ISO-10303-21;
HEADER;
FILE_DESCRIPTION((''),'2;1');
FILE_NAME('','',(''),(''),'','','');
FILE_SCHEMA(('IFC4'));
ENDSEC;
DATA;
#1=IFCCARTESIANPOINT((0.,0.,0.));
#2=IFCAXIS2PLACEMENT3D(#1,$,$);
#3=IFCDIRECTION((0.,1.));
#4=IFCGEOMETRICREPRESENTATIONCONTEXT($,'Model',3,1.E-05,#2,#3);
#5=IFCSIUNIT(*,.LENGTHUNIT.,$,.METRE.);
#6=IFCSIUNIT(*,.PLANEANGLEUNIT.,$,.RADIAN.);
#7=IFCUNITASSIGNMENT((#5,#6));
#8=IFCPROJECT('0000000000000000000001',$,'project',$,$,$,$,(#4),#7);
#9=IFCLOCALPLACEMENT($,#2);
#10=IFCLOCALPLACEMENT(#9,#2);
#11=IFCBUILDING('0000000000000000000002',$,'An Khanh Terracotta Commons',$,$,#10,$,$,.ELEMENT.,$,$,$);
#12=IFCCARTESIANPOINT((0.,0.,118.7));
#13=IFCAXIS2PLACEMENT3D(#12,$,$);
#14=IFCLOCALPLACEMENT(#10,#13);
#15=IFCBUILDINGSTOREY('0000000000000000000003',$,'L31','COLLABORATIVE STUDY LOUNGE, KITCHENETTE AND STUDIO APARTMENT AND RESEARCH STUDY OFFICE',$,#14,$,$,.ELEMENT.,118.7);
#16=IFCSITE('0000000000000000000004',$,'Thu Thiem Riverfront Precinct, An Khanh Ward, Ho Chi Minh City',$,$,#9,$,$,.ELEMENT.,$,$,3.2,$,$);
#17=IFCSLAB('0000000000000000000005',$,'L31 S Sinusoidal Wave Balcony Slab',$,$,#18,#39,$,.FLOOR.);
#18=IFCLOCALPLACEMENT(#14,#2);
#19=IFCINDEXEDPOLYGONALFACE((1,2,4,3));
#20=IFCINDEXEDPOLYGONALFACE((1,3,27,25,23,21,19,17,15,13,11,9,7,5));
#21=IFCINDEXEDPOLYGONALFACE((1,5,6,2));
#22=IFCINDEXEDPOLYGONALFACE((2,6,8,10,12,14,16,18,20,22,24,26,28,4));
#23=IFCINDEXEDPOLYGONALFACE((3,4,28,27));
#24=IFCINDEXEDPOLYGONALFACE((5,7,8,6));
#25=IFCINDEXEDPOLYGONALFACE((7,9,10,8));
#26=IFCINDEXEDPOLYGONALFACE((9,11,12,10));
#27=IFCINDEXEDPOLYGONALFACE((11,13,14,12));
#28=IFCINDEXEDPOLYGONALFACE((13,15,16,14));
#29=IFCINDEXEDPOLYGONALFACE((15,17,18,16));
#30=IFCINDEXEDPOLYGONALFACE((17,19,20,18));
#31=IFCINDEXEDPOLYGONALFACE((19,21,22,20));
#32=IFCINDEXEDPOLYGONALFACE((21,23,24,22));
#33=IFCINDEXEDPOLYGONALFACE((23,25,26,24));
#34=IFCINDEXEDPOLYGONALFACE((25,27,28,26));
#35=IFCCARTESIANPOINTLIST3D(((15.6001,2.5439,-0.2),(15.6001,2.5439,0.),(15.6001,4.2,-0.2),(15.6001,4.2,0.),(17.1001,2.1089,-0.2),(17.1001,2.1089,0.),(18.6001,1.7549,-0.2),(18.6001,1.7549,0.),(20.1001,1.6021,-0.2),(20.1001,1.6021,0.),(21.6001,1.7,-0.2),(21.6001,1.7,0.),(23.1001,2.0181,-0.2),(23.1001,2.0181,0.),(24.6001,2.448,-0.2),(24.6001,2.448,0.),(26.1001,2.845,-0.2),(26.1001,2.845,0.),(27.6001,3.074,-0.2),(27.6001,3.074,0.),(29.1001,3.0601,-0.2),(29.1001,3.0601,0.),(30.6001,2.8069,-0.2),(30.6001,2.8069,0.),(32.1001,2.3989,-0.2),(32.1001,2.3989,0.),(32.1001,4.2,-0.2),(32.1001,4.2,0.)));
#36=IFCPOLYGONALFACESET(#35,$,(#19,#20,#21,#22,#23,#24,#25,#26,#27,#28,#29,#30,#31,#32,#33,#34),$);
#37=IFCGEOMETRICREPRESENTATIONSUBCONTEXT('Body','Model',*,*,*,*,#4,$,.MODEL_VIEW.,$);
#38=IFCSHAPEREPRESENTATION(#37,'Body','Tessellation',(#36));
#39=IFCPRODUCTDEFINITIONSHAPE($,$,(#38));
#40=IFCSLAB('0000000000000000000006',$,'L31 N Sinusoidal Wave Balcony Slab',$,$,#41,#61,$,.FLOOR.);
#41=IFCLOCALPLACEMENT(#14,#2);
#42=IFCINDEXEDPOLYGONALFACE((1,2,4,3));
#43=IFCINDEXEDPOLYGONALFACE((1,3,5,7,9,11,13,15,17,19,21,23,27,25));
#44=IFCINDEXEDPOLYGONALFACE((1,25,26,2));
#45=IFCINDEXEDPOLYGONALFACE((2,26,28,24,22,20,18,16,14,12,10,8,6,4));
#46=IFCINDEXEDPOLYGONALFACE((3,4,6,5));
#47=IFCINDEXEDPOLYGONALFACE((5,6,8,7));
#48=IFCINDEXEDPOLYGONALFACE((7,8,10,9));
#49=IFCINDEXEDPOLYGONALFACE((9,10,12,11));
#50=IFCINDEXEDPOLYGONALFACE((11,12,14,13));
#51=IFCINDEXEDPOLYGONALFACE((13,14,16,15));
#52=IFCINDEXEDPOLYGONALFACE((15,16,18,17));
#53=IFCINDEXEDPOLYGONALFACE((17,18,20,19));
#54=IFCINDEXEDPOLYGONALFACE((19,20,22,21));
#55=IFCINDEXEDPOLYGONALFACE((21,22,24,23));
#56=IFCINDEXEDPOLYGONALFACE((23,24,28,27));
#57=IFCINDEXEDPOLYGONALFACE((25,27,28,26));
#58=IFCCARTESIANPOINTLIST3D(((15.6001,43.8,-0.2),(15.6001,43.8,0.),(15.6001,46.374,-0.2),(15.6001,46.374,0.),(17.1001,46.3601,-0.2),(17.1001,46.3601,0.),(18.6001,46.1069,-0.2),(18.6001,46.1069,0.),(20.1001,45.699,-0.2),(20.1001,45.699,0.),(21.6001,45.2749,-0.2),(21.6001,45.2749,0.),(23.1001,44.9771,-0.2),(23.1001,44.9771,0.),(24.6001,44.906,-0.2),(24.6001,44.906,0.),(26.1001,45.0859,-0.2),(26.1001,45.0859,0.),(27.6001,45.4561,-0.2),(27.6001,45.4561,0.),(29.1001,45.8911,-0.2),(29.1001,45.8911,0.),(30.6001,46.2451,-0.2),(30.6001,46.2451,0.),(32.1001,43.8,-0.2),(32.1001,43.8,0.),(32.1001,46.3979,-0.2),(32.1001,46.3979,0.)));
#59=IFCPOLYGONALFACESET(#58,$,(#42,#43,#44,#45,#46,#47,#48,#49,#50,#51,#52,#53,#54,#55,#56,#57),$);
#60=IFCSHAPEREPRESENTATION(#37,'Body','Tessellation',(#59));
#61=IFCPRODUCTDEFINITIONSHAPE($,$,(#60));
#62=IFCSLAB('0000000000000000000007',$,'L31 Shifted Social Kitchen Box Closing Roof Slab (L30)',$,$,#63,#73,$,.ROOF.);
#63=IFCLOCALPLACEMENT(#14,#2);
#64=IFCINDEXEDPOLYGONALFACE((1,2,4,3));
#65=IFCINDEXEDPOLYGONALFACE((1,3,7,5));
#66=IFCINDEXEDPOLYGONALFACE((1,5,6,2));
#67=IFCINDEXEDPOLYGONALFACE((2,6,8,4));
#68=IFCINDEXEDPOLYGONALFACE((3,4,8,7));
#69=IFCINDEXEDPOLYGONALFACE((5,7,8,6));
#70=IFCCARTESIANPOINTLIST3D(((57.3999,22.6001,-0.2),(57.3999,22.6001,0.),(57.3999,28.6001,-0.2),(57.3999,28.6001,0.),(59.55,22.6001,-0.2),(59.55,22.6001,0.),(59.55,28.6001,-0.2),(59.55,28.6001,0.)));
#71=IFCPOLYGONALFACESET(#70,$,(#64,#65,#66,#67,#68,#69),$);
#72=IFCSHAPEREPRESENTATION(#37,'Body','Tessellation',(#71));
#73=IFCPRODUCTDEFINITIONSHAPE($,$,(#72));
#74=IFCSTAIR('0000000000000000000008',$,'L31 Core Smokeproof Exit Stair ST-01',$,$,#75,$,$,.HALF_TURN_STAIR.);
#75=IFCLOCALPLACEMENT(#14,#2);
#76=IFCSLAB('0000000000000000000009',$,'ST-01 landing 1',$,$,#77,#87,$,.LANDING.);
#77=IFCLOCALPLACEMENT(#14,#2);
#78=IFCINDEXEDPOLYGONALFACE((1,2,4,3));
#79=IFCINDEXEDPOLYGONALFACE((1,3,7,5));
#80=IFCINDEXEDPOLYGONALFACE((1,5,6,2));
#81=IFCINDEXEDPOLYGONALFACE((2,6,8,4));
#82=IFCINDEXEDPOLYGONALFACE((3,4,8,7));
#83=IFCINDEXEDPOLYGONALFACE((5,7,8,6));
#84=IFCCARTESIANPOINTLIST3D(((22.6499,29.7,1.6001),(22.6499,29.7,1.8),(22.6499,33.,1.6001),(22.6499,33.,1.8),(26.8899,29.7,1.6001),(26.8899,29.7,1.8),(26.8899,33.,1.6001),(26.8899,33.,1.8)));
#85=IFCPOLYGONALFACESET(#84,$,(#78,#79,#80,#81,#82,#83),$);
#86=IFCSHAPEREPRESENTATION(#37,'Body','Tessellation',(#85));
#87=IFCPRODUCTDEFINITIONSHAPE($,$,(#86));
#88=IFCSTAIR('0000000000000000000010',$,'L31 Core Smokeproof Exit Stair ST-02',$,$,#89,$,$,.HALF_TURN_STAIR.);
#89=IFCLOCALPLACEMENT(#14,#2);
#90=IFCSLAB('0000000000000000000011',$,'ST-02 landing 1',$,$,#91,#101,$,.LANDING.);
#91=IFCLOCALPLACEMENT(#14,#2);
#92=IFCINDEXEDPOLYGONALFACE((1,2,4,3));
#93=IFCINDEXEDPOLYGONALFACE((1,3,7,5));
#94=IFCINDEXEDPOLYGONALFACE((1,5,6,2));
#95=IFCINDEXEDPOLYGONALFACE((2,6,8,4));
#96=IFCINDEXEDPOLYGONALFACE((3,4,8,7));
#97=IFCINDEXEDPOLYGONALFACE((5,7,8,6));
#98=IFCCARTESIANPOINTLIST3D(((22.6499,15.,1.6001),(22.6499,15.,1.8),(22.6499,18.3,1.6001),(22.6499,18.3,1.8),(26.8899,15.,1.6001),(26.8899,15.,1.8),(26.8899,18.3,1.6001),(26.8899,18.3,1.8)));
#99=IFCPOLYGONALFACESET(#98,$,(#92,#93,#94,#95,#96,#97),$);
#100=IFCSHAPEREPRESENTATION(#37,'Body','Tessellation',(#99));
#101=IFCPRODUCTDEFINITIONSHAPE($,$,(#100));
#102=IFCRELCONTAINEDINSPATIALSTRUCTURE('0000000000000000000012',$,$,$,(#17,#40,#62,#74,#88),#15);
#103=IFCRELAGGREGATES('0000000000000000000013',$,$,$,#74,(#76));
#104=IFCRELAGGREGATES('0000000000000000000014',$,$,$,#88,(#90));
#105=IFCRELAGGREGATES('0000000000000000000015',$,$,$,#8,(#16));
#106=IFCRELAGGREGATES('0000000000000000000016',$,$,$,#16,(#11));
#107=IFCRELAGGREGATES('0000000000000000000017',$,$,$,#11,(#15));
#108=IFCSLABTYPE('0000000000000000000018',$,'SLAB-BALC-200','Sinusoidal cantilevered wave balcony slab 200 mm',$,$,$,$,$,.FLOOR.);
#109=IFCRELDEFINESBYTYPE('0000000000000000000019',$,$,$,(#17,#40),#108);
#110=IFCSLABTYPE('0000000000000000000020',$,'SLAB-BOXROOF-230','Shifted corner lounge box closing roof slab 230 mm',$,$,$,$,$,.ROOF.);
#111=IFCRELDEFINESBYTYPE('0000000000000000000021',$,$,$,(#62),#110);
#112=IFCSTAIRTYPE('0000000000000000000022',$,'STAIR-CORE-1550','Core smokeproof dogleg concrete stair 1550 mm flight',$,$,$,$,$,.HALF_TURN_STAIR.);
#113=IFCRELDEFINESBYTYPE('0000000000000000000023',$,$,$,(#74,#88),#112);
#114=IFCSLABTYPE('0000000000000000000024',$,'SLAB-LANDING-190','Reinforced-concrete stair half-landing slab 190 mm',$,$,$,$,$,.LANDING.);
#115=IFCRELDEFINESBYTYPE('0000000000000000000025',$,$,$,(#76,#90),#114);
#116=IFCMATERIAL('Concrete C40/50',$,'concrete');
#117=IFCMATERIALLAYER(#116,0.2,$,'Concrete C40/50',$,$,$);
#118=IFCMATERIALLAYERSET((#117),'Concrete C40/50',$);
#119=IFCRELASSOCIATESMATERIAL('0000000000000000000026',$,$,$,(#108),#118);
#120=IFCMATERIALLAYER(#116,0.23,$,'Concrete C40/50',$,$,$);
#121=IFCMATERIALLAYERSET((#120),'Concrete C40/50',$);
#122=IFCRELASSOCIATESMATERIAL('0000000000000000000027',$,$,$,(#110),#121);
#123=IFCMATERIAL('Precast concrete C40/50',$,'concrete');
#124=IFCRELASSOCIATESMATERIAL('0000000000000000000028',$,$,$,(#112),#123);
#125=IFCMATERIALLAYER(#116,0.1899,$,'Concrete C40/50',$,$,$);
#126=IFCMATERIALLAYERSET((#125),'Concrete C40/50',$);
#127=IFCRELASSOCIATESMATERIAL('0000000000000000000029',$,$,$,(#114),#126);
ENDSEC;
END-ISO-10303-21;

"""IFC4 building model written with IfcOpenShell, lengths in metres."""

from ifc_helpers import new_model, si_unit, direction, frame, origin, place, context, subcontext, project, spatial, polyline, outline, extrude, material, layer, layer_set, type_object, element, aggregate, save


model = new_model("IFC4")

# Units and contexts
model_context = context("Model", 3, precision=1e-05, world=origin(), true_north=direction((0.0, 1.0)))
body_context = subcontext(model_context, "Body", "Model", "MODEL_VIEW")
ifc_project = project(units=[si_unit("LENGTHUNIT", "METRE"), si_unit("PLANEANGLEUNIT", "RADIAN")], contexts=[model_context])

# Site, building, storey
site_placement = place(None, origin())
site = spatial("IfcSite", under=ifc_project, at=site_placement, Name="Thu Thiem Riverfront Precinct, An Khanh Ward, Ho Chi Minh City", CompositionType="ELEMENT", RefElevation=3.2)
building_placement = place(site_placement, origin())
building = spatial("IfcBuilding", under=site, at=building_placement, Name="An Khanh Terracotta Commons", CompositionType="ELEMENT")
storey_placement = place(building_placement, frame((0.0, 0.0, 118.7)))
storey = spatial("IfcBuildingStorey", under=building, at=storey_placement, Name="L31", Description="COLLABORATIVE STUDY LOUNGE, KITCHENETTE AND STUDIO APARTMENT AND RESEARCH STUDY OFFICE", CompositionType="ELEMENT", Elevation=118.7)

# Slabs
ifc_material_1 = material(Name="Concrete C40/50", Category="concrete")
ifc_layer_1 = layer(ifc_material_1, 0.2, Name="Concrete C40/50")
ifc_layer_set_1 = layer_set([ifc_layer_1], Name="Concrete C40/50")
slab_type_1 = type_object("IfcSlabType", Name="SLAB-BALC-200", Description="Sinusoidal cantilevered wave balcony slab 200 mm", PredefinedType="FLOOR", material=ifc_layer_set_1)
slab_1_placement = place(storey_placement, frame((0.0, 0.0, -0.2)))
element("IfcSlab", 1, at=slab_1_placement, inside=storey, type_object=slab_type_1, Name="L31 S Sinusoidal Wave Balcony Slab", PredefinedType="FLOOR", context=body_context, shape_type="SweptSolid", body=[
    extrude(outline(polyline([(15.6001, 4.2), (15.6001, 2.5439), (17.1001, 2.1089), (18.6001, 1.7549), (20.1001, 1.6021), (21.6001, 1.7), (23.1001, 2.0181), (24.6001, 2.448), (26.1001, 2.845), (27.6001, 3.074), (29.1001, 3.0601), (30.6001, 2.8069), (32.1001, 2.3989), (32.1001, 4.2), (15.6001, 4.2)])), origin(), (0.0, 0.0, 1.0), 0.2),
])
slab_2_placement = place(storey_placement, frame((0.0, 0.0, -0.2)))
element("IfcSlab", 2, at=slab_2_placement, inside=storey, type_object=slab_type_1, Name="L31 N Sinusoidal Wave Balcony Slab", PredefinedType="FLOOR", context=body_context, shape_type="SweptSolid", body=[
    extrude(outline(polyline([(32.1001, 43.8), (32.1001, 46.3979), (30.6001, 46.2451), (29.1001, 45.8911), (27.6001, 45.4561), (26.1001, 45.0859), (24.6001, 44.906), (23.1001, 44.9771), (21.6001, 45.2749), (20.1001, 45.699), (18.6001, 46.1069), (17.1001, 46.3601), (15.6001, 46.374), (15.6001, 43.8), (32.1001, 43.8)])), origin(), (0.0, 0.0, 1.0), 0.2),
])
ifc_layer_2 = layer(ifc_material_1, 0.23, Name="Concrete C40/50")
ifc_layer_set_2 = layer_set([ifc_layer_2], Name="Concrete C40/50")
slab_type_2 = type_object("IfcSlabType", Name="SLAB-BOXROOF-230", Description="Shifted corner lounge box closing roof slab 230 mm", PredefinedType="ROOF", material=ifc_layer_set_2)
slab_3_placement = place(storey_placement, frame((0.0, 0.0, -0.2)))
element("IfcSlab", 3, at=slab_3_placement, inside=storey, type_object=slab_type_2, Name="L31 Shifted Social Kitchen Box Closing Roof Slab (L30)", PredefinedType="ROOF", context=body_context, shape_type="SweptSolid", body=[
    extrude(outline(polyline([(57.3999, 22.6001), (59.55, 22.6001), (59.55, 28.6001), (57.3999, 28.6001), (57.3999, 22.6001)])), origin(), (0.0, 0.0, 1.0), 0.2),
])

# Stairs, slabs
ifc_material_2 = material(Name="Precast concrete C40/50", Category="concrete")
stair_type = type_object("IfcStairType", Name="STAIR-CORE-1550", Description="Core smokeproof dogleg concrete stair 1550 mm flight", PredefinedType="HALF_TURN_STAIR", material=ifc_material_2)
stair_1_placement = place(storey_placement, origin())
stair_1 = element("IfcStair", 4, at=stair_1_placement, inside=storey, type_object=stair_type, Name="L31 Core Smokeproof Exit Stair ST-01", PredefinedType="HALF_TURN_STAIR")
ifc_layer_3 = layer(ifc_material_1, 0.1899, Name="Concrete C40/50")
ifc_layer_set_3 = layer_set([ifc_layer_3], Name="Concrete C40/50")
slab_type_3 = type_object("IfcSlabType", Name="SLAB-LANDING-190", Description="Reinforced-concrete stair half-landing slab 190 mm", PredefinedType="LANDING", material=ifc_layer_set_3)
slab_4_placement = place(storey_placement, frame((0.0, 0.0, 1.6001)))
slab_4 = element("IfcSlab", 5, at=slab_4_placement, type_object=slab_type_3, Name="ST-01 landing 1", PredefinedType="LANDING", context=body_context, shape_type="SweptSolid", body=[
    extrude(outline(polyline([(26.8899, 33.0), (22.6499, 33.0), (22.6499, 29.7), (26.8899, 29.7), (26.8899, 33.0)])), origin(), (0.0, 0.0, 1.0), 0.2),
])
aggregate(stair_1, [slab_4])
stair_2_placement = place(storey_placement, origin())
stair_2 = element("IfcStair", 6, at=stair_2_placement, inside=storey, type_object=stair_type, Name="L31 Core Smokeproof Exit Stair ST-02", PredefinedType="HALF_TURN_STAIR")
slab_5_placement = place(storey_placement, frame((0.0, 0.0, 1.6001)))
slab_5 = element("IfcSlab", 7, at=slab_5_placement, type_object=slab_type_3, Name="ST-02 landing 1", PredefinedType="LANDING", context=body_context, shape_type="SweptSolid", body=[
    extrude(outline(polyline([(26.8899, 18.3), (22.6499, 18.3), (22.6499, 15.0), (26.8899, 15.0), (26.8899, 18.3)])), origin(), (0.0, 0.0, 1.0), 0.2),
])
aggregate(stair_2, [slab_5])

save(model, "model.ifc")
